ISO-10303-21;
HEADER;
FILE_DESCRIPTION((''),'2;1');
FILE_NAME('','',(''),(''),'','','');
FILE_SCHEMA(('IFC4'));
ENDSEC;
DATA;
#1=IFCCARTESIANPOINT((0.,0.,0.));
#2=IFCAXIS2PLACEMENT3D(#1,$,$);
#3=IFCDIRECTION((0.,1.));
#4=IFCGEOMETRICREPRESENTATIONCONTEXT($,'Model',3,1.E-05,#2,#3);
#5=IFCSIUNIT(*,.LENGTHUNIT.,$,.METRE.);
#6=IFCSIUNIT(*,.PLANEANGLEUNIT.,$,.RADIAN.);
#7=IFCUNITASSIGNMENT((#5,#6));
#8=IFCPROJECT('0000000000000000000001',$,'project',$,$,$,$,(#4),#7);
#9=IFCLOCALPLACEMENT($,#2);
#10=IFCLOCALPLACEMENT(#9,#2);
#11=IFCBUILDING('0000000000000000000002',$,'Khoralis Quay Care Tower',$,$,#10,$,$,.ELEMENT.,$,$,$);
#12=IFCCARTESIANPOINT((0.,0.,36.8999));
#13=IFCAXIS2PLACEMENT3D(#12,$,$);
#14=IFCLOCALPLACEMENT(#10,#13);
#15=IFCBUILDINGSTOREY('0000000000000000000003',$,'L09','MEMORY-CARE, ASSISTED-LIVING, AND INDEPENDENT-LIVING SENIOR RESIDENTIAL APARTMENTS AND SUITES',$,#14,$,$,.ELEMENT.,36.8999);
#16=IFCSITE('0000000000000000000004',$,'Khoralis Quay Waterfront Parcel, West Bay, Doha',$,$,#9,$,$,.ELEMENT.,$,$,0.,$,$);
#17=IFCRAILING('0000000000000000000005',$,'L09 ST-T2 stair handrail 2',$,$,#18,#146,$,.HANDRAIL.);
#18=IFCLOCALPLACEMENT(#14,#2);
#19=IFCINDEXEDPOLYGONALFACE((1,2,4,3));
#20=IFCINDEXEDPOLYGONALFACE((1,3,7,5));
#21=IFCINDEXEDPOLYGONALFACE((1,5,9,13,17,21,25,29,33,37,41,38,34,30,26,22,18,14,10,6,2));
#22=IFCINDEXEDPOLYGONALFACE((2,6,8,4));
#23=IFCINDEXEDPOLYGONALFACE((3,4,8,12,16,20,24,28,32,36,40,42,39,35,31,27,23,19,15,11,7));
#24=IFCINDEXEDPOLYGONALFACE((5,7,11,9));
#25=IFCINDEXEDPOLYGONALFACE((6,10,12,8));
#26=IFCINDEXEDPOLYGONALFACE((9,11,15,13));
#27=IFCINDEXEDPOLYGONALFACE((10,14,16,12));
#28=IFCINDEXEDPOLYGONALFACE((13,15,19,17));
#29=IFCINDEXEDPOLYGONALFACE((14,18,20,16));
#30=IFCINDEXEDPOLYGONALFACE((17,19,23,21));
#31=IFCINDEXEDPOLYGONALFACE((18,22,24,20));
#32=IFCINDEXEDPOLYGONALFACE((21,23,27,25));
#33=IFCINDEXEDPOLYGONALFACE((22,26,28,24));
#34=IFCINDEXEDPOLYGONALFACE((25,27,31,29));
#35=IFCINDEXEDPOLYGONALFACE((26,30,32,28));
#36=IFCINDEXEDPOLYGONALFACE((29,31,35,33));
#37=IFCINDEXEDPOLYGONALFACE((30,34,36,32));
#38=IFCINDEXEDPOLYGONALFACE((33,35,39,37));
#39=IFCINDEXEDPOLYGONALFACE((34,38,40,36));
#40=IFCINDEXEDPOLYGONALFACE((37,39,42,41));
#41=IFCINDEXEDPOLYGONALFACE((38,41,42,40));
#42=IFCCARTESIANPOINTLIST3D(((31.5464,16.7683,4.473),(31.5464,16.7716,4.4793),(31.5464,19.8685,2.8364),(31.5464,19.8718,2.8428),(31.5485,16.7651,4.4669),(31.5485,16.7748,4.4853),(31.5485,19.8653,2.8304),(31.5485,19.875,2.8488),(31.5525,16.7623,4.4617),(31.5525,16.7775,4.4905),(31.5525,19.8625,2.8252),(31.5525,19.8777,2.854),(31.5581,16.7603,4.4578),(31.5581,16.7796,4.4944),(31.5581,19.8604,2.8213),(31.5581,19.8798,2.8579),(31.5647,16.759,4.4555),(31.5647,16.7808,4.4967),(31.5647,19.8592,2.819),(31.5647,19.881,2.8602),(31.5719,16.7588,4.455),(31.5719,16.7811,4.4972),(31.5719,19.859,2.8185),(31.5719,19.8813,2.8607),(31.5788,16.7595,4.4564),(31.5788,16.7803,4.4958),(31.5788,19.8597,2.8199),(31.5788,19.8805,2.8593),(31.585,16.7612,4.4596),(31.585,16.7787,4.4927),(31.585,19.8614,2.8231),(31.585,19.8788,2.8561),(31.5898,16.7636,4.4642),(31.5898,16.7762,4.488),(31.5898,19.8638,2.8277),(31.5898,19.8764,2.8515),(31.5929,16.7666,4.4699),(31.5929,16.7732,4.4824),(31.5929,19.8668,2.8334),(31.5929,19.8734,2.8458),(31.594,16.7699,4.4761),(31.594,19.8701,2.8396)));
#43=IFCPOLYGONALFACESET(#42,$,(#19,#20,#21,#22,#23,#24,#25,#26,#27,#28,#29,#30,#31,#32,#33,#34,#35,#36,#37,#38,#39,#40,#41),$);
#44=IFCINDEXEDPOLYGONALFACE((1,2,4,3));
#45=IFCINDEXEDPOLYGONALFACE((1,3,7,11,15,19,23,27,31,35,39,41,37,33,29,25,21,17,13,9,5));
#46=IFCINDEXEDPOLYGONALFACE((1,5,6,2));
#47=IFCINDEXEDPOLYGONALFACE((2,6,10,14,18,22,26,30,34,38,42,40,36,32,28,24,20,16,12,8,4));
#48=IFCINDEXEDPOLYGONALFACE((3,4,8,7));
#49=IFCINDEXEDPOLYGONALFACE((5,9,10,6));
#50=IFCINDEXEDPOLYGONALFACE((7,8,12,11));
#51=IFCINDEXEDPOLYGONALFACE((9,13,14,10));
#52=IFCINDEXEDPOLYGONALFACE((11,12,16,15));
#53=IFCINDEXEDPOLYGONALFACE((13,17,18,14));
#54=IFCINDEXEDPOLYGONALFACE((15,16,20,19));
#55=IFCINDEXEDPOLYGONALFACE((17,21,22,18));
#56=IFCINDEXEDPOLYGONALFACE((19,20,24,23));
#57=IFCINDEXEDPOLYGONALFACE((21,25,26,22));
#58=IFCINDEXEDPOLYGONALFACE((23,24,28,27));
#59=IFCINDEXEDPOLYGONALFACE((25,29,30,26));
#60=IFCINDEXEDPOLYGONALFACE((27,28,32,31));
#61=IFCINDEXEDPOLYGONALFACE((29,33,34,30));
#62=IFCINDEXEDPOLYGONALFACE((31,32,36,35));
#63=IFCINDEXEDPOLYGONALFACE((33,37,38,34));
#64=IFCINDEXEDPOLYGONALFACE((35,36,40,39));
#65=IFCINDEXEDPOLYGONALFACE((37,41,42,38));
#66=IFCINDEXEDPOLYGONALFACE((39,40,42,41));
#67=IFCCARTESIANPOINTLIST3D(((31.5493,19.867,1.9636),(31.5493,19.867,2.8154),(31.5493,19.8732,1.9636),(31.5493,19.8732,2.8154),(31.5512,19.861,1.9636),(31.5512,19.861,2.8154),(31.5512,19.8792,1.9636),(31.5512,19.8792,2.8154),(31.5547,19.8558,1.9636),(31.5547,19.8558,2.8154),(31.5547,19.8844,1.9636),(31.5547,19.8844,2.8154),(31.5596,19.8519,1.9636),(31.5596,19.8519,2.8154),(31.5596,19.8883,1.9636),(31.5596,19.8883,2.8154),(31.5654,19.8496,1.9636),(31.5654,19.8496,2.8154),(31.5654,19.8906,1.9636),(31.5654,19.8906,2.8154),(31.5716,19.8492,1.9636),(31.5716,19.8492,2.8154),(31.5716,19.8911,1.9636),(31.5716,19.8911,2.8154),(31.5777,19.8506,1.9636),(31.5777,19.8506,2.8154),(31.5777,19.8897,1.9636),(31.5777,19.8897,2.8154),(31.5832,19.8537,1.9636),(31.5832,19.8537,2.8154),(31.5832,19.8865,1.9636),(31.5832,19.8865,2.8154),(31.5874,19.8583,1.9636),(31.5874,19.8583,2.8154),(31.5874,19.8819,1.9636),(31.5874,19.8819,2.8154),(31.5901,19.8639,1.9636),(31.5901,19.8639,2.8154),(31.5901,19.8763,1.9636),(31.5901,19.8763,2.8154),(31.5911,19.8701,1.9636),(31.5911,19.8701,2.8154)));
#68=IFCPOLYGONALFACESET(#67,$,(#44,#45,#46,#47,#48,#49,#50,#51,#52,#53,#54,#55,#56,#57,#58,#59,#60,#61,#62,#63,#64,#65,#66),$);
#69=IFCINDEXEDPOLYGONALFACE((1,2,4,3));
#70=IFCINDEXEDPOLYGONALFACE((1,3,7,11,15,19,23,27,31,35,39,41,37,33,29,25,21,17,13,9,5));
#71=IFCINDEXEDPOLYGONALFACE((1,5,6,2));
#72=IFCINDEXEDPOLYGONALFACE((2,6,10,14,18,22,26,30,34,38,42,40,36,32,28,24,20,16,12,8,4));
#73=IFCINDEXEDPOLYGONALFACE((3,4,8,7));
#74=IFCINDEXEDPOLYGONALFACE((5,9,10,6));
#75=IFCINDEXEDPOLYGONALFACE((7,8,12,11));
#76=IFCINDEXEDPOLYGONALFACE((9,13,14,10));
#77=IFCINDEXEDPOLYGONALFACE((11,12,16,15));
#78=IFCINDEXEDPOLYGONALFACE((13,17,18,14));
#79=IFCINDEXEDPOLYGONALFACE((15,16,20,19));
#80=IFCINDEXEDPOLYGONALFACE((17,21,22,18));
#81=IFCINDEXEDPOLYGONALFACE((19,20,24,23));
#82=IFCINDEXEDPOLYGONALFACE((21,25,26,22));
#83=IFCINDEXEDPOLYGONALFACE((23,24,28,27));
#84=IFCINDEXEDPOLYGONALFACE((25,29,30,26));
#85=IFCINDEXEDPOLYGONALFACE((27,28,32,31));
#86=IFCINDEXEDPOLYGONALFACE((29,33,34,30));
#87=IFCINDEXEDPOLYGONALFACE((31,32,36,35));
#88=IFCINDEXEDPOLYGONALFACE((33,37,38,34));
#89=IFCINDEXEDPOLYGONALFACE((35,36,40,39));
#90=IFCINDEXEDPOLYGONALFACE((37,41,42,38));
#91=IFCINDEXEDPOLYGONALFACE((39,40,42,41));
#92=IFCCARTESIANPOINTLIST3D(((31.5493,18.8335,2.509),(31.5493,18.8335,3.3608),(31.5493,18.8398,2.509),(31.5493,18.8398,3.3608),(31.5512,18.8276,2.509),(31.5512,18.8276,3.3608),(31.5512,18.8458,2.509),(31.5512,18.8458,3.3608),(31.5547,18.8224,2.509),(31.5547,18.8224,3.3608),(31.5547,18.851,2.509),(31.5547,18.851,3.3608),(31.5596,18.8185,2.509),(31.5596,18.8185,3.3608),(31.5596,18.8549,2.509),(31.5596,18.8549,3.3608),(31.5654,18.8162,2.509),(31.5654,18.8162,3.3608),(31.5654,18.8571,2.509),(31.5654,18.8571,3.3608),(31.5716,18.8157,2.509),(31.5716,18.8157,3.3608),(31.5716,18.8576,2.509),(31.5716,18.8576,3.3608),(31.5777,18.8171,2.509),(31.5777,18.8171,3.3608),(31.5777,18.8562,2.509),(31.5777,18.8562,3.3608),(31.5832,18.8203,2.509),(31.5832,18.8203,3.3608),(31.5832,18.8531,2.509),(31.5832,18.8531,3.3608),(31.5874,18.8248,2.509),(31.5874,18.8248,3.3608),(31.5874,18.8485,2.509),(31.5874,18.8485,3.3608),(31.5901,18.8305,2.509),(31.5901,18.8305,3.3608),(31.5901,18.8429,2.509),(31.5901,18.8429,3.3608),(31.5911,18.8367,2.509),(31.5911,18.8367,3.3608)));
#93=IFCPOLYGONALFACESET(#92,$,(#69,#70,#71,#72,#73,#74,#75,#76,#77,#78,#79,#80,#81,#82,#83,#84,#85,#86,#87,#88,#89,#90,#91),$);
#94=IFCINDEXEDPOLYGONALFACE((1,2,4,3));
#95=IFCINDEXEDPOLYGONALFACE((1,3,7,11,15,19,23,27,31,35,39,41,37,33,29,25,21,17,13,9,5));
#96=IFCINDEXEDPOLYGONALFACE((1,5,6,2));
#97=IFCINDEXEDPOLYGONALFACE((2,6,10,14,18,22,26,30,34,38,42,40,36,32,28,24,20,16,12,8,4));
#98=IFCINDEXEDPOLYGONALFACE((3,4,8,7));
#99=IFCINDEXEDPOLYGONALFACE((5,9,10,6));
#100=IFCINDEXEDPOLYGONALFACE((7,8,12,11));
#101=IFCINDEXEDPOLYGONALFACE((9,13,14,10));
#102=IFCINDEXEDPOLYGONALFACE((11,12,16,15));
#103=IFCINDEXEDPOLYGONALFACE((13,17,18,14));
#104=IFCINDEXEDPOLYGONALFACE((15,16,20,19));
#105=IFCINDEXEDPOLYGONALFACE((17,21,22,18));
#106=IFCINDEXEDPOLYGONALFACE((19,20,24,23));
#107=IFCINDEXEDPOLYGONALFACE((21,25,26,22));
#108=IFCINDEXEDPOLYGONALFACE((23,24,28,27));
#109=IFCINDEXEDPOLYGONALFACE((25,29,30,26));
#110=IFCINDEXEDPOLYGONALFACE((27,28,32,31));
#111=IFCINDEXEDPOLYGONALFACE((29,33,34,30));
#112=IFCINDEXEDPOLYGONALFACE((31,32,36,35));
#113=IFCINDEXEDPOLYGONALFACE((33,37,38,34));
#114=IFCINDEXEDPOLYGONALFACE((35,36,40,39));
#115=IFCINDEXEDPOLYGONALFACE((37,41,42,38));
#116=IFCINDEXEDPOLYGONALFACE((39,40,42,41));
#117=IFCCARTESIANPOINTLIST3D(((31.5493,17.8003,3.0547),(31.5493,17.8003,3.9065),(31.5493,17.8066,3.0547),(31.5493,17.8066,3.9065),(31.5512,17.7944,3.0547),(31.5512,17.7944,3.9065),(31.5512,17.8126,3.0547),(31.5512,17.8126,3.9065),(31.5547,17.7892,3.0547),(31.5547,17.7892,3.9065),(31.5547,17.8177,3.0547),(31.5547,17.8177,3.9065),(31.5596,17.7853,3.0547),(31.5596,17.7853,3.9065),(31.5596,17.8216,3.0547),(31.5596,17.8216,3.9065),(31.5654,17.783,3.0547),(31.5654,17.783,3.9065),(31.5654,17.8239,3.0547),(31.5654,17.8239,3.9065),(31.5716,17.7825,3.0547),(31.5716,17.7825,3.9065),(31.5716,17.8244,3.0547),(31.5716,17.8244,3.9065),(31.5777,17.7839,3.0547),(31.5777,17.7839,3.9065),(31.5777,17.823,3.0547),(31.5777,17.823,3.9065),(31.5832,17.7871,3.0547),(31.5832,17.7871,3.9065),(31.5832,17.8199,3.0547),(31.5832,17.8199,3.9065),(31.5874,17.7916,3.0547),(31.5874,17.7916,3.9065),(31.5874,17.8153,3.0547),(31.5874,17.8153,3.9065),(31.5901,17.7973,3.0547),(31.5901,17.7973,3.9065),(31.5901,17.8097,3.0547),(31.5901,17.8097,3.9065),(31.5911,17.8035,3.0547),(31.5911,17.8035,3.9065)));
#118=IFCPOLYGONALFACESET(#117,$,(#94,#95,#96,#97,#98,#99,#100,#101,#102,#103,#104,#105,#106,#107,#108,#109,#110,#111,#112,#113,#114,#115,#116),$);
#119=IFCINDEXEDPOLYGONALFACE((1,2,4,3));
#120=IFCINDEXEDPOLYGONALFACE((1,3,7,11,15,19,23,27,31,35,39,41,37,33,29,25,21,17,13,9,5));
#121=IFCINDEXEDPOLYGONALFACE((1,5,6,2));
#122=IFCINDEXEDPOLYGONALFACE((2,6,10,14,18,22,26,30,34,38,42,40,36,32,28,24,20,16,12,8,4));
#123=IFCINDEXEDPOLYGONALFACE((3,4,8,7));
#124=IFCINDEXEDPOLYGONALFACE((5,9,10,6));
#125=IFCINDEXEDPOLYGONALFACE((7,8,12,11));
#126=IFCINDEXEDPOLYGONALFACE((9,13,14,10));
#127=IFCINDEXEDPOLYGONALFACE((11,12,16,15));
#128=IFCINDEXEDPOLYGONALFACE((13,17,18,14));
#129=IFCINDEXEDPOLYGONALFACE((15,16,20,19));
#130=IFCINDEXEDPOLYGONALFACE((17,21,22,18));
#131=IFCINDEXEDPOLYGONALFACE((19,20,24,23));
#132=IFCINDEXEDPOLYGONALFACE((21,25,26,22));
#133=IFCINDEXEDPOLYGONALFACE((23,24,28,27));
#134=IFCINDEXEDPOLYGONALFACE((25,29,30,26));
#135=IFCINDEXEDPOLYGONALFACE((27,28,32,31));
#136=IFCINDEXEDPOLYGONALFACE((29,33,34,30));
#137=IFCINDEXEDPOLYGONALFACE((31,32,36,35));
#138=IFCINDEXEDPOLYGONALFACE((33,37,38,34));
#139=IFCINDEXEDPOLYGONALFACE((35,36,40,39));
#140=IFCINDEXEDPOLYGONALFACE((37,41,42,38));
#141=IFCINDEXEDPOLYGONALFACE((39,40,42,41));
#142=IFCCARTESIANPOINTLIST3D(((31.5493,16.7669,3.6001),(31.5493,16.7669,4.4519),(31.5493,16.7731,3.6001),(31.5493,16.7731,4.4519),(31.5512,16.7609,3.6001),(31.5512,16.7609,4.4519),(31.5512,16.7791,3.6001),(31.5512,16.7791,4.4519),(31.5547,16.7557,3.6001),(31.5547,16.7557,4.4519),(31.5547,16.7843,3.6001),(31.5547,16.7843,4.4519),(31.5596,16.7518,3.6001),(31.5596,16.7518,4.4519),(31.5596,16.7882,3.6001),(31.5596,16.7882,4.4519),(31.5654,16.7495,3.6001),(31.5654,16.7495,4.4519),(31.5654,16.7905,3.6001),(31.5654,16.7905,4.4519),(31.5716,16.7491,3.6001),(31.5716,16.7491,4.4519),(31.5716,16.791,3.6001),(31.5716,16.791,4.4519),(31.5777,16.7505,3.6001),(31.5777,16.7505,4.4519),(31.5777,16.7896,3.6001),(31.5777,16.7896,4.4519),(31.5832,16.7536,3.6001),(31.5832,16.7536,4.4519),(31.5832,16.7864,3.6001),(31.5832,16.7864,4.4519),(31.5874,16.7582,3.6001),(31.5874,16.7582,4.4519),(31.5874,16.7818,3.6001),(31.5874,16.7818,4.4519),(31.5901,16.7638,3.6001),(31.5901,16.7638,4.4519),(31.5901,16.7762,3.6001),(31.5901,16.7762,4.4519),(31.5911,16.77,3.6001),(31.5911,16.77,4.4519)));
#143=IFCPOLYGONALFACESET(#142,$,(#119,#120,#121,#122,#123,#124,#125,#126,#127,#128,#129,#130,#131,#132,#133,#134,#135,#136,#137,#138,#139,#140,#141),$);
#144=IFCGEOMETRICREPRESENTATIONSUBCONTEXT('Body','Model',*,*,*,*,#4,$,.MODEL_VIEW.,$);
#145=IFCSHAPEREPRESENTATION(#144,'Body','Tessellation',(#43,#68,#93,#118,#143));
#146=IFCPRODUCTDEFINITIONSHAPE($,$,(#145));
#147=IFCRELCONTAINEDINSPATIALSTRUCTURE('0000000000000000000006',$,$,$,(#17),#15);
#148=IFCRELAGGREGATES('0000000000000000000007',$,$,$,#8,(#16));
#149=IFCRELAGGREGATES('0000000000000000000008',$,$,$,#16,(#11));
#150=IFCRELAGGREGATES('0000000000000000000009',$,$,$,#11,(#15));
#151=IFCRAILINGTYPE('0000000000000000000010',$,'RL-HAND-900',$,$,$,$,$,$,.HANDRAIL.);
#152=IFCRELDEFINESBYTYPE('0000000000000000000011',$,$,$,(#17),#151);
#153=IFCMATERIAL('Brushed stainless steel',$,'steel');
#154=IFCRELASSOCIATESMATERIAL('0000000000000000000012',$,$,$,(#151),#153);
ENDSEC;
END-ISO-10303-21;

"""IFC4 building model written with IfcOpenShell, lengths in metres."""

from ifc_helpers import new_model, si_unit, direction, frame, origin, origin_2d, place, context, subcontext, project, spatial, circle, extrude, material, type_object, element, save


model = new_model("IFC4")

# Units and contexts
model_context = context("Model", 3, precision=1e-05, world=origin(), true_north=direction((0.0, 1.0)))
body_context = subcontext(model_context, "Body", "Model", "MODEL_VIEW")
ifc_project = project(units=[si_unit("LENGTHUNIT", "METRE"), si_unit("PLANEANGLEUNIT", "RADIAN")], contexts=[model_context])

# Site, building, storey
site_placement = place(None, origin())
site = spatial("IfcSite", under=ifc_project, at=site_placement, Name="Khoralis Quay Waterfront Parcel, West Bay, Doha", CompositionType="ELEMENT", RefElevation=0.0)
building_placement = place(site_placement, origin())
building = spatial("IfcBuilding", under=site, at=building_placement, Name="Khoralis Quay Care Tower", CompositionType="ELEMENT")
storey_placement = place(building_placement, frame((0.0, 0.0, 36.8999)))
storey = spatial("IfcBuildingStorey", under=building, at=storey_placement, Name="L09", Description="MEMORY-CARE, ASSISTED-LIVING, AND INDEPENDENT-LIVING SENIOR RESIDENTIAL APARTMENTS AND SUITES", CompositionType="ELEMENT", Elevation=36.8999)

# Shared definitions
ifc_material_1 = material(Name="Brushed stainless steel", Category="steel")

# Railing
railing_type_1 = type_object("IfcRailingType", Name="RL-HAND-900", PredefinedType="HANDRAIL", material=ifc_material_1)
railing_1_placement = place(storey_placement, frame((31.5701, 19.8701, 1.9636)))
element("IfcRailing", 1, at=railing_1_placement, inside=storey, type_object=railing_type_1, Name="L09 ST-T2 stair handrail 2", PredefinedType="HANDRAIL", context=body_context, shape_type="SweptSolid", body=[
    extrude(circle(Radius=0.0239, at=origin_2d()), frame((0.0, 0.0, 0.876), z_axis=(0.0, -0.884348, 0.466828), x_axis=(1.0, 0.0, 0.0)), (0.0, 0.0, 1.0), 3.5056),
    extrude(circle(Radius=0.021, at=origin_2d()), origin(), (0.0, 0.0, 1.0), 0.8518),
    extrude(circle(Radius=0.021, at=origin_2d()), frame((0.0, -1.0334, 0.5454)), (0.0, 0.0, 1.0), 0.8518),
    extrude(circle(Radius=0.021, at=origin_2d()), frame((0.0, -2.0667, 1.0911)), (0.0, 0.0, 1.0), 0.8518),
    extrude(circle(Radius=0.021, at=origin_2d()), frame((0.0, -3.1001, 1.6365)), (0.0, 0.0, 1.0), 0.8518),
])

save(model, "model.ifc")
